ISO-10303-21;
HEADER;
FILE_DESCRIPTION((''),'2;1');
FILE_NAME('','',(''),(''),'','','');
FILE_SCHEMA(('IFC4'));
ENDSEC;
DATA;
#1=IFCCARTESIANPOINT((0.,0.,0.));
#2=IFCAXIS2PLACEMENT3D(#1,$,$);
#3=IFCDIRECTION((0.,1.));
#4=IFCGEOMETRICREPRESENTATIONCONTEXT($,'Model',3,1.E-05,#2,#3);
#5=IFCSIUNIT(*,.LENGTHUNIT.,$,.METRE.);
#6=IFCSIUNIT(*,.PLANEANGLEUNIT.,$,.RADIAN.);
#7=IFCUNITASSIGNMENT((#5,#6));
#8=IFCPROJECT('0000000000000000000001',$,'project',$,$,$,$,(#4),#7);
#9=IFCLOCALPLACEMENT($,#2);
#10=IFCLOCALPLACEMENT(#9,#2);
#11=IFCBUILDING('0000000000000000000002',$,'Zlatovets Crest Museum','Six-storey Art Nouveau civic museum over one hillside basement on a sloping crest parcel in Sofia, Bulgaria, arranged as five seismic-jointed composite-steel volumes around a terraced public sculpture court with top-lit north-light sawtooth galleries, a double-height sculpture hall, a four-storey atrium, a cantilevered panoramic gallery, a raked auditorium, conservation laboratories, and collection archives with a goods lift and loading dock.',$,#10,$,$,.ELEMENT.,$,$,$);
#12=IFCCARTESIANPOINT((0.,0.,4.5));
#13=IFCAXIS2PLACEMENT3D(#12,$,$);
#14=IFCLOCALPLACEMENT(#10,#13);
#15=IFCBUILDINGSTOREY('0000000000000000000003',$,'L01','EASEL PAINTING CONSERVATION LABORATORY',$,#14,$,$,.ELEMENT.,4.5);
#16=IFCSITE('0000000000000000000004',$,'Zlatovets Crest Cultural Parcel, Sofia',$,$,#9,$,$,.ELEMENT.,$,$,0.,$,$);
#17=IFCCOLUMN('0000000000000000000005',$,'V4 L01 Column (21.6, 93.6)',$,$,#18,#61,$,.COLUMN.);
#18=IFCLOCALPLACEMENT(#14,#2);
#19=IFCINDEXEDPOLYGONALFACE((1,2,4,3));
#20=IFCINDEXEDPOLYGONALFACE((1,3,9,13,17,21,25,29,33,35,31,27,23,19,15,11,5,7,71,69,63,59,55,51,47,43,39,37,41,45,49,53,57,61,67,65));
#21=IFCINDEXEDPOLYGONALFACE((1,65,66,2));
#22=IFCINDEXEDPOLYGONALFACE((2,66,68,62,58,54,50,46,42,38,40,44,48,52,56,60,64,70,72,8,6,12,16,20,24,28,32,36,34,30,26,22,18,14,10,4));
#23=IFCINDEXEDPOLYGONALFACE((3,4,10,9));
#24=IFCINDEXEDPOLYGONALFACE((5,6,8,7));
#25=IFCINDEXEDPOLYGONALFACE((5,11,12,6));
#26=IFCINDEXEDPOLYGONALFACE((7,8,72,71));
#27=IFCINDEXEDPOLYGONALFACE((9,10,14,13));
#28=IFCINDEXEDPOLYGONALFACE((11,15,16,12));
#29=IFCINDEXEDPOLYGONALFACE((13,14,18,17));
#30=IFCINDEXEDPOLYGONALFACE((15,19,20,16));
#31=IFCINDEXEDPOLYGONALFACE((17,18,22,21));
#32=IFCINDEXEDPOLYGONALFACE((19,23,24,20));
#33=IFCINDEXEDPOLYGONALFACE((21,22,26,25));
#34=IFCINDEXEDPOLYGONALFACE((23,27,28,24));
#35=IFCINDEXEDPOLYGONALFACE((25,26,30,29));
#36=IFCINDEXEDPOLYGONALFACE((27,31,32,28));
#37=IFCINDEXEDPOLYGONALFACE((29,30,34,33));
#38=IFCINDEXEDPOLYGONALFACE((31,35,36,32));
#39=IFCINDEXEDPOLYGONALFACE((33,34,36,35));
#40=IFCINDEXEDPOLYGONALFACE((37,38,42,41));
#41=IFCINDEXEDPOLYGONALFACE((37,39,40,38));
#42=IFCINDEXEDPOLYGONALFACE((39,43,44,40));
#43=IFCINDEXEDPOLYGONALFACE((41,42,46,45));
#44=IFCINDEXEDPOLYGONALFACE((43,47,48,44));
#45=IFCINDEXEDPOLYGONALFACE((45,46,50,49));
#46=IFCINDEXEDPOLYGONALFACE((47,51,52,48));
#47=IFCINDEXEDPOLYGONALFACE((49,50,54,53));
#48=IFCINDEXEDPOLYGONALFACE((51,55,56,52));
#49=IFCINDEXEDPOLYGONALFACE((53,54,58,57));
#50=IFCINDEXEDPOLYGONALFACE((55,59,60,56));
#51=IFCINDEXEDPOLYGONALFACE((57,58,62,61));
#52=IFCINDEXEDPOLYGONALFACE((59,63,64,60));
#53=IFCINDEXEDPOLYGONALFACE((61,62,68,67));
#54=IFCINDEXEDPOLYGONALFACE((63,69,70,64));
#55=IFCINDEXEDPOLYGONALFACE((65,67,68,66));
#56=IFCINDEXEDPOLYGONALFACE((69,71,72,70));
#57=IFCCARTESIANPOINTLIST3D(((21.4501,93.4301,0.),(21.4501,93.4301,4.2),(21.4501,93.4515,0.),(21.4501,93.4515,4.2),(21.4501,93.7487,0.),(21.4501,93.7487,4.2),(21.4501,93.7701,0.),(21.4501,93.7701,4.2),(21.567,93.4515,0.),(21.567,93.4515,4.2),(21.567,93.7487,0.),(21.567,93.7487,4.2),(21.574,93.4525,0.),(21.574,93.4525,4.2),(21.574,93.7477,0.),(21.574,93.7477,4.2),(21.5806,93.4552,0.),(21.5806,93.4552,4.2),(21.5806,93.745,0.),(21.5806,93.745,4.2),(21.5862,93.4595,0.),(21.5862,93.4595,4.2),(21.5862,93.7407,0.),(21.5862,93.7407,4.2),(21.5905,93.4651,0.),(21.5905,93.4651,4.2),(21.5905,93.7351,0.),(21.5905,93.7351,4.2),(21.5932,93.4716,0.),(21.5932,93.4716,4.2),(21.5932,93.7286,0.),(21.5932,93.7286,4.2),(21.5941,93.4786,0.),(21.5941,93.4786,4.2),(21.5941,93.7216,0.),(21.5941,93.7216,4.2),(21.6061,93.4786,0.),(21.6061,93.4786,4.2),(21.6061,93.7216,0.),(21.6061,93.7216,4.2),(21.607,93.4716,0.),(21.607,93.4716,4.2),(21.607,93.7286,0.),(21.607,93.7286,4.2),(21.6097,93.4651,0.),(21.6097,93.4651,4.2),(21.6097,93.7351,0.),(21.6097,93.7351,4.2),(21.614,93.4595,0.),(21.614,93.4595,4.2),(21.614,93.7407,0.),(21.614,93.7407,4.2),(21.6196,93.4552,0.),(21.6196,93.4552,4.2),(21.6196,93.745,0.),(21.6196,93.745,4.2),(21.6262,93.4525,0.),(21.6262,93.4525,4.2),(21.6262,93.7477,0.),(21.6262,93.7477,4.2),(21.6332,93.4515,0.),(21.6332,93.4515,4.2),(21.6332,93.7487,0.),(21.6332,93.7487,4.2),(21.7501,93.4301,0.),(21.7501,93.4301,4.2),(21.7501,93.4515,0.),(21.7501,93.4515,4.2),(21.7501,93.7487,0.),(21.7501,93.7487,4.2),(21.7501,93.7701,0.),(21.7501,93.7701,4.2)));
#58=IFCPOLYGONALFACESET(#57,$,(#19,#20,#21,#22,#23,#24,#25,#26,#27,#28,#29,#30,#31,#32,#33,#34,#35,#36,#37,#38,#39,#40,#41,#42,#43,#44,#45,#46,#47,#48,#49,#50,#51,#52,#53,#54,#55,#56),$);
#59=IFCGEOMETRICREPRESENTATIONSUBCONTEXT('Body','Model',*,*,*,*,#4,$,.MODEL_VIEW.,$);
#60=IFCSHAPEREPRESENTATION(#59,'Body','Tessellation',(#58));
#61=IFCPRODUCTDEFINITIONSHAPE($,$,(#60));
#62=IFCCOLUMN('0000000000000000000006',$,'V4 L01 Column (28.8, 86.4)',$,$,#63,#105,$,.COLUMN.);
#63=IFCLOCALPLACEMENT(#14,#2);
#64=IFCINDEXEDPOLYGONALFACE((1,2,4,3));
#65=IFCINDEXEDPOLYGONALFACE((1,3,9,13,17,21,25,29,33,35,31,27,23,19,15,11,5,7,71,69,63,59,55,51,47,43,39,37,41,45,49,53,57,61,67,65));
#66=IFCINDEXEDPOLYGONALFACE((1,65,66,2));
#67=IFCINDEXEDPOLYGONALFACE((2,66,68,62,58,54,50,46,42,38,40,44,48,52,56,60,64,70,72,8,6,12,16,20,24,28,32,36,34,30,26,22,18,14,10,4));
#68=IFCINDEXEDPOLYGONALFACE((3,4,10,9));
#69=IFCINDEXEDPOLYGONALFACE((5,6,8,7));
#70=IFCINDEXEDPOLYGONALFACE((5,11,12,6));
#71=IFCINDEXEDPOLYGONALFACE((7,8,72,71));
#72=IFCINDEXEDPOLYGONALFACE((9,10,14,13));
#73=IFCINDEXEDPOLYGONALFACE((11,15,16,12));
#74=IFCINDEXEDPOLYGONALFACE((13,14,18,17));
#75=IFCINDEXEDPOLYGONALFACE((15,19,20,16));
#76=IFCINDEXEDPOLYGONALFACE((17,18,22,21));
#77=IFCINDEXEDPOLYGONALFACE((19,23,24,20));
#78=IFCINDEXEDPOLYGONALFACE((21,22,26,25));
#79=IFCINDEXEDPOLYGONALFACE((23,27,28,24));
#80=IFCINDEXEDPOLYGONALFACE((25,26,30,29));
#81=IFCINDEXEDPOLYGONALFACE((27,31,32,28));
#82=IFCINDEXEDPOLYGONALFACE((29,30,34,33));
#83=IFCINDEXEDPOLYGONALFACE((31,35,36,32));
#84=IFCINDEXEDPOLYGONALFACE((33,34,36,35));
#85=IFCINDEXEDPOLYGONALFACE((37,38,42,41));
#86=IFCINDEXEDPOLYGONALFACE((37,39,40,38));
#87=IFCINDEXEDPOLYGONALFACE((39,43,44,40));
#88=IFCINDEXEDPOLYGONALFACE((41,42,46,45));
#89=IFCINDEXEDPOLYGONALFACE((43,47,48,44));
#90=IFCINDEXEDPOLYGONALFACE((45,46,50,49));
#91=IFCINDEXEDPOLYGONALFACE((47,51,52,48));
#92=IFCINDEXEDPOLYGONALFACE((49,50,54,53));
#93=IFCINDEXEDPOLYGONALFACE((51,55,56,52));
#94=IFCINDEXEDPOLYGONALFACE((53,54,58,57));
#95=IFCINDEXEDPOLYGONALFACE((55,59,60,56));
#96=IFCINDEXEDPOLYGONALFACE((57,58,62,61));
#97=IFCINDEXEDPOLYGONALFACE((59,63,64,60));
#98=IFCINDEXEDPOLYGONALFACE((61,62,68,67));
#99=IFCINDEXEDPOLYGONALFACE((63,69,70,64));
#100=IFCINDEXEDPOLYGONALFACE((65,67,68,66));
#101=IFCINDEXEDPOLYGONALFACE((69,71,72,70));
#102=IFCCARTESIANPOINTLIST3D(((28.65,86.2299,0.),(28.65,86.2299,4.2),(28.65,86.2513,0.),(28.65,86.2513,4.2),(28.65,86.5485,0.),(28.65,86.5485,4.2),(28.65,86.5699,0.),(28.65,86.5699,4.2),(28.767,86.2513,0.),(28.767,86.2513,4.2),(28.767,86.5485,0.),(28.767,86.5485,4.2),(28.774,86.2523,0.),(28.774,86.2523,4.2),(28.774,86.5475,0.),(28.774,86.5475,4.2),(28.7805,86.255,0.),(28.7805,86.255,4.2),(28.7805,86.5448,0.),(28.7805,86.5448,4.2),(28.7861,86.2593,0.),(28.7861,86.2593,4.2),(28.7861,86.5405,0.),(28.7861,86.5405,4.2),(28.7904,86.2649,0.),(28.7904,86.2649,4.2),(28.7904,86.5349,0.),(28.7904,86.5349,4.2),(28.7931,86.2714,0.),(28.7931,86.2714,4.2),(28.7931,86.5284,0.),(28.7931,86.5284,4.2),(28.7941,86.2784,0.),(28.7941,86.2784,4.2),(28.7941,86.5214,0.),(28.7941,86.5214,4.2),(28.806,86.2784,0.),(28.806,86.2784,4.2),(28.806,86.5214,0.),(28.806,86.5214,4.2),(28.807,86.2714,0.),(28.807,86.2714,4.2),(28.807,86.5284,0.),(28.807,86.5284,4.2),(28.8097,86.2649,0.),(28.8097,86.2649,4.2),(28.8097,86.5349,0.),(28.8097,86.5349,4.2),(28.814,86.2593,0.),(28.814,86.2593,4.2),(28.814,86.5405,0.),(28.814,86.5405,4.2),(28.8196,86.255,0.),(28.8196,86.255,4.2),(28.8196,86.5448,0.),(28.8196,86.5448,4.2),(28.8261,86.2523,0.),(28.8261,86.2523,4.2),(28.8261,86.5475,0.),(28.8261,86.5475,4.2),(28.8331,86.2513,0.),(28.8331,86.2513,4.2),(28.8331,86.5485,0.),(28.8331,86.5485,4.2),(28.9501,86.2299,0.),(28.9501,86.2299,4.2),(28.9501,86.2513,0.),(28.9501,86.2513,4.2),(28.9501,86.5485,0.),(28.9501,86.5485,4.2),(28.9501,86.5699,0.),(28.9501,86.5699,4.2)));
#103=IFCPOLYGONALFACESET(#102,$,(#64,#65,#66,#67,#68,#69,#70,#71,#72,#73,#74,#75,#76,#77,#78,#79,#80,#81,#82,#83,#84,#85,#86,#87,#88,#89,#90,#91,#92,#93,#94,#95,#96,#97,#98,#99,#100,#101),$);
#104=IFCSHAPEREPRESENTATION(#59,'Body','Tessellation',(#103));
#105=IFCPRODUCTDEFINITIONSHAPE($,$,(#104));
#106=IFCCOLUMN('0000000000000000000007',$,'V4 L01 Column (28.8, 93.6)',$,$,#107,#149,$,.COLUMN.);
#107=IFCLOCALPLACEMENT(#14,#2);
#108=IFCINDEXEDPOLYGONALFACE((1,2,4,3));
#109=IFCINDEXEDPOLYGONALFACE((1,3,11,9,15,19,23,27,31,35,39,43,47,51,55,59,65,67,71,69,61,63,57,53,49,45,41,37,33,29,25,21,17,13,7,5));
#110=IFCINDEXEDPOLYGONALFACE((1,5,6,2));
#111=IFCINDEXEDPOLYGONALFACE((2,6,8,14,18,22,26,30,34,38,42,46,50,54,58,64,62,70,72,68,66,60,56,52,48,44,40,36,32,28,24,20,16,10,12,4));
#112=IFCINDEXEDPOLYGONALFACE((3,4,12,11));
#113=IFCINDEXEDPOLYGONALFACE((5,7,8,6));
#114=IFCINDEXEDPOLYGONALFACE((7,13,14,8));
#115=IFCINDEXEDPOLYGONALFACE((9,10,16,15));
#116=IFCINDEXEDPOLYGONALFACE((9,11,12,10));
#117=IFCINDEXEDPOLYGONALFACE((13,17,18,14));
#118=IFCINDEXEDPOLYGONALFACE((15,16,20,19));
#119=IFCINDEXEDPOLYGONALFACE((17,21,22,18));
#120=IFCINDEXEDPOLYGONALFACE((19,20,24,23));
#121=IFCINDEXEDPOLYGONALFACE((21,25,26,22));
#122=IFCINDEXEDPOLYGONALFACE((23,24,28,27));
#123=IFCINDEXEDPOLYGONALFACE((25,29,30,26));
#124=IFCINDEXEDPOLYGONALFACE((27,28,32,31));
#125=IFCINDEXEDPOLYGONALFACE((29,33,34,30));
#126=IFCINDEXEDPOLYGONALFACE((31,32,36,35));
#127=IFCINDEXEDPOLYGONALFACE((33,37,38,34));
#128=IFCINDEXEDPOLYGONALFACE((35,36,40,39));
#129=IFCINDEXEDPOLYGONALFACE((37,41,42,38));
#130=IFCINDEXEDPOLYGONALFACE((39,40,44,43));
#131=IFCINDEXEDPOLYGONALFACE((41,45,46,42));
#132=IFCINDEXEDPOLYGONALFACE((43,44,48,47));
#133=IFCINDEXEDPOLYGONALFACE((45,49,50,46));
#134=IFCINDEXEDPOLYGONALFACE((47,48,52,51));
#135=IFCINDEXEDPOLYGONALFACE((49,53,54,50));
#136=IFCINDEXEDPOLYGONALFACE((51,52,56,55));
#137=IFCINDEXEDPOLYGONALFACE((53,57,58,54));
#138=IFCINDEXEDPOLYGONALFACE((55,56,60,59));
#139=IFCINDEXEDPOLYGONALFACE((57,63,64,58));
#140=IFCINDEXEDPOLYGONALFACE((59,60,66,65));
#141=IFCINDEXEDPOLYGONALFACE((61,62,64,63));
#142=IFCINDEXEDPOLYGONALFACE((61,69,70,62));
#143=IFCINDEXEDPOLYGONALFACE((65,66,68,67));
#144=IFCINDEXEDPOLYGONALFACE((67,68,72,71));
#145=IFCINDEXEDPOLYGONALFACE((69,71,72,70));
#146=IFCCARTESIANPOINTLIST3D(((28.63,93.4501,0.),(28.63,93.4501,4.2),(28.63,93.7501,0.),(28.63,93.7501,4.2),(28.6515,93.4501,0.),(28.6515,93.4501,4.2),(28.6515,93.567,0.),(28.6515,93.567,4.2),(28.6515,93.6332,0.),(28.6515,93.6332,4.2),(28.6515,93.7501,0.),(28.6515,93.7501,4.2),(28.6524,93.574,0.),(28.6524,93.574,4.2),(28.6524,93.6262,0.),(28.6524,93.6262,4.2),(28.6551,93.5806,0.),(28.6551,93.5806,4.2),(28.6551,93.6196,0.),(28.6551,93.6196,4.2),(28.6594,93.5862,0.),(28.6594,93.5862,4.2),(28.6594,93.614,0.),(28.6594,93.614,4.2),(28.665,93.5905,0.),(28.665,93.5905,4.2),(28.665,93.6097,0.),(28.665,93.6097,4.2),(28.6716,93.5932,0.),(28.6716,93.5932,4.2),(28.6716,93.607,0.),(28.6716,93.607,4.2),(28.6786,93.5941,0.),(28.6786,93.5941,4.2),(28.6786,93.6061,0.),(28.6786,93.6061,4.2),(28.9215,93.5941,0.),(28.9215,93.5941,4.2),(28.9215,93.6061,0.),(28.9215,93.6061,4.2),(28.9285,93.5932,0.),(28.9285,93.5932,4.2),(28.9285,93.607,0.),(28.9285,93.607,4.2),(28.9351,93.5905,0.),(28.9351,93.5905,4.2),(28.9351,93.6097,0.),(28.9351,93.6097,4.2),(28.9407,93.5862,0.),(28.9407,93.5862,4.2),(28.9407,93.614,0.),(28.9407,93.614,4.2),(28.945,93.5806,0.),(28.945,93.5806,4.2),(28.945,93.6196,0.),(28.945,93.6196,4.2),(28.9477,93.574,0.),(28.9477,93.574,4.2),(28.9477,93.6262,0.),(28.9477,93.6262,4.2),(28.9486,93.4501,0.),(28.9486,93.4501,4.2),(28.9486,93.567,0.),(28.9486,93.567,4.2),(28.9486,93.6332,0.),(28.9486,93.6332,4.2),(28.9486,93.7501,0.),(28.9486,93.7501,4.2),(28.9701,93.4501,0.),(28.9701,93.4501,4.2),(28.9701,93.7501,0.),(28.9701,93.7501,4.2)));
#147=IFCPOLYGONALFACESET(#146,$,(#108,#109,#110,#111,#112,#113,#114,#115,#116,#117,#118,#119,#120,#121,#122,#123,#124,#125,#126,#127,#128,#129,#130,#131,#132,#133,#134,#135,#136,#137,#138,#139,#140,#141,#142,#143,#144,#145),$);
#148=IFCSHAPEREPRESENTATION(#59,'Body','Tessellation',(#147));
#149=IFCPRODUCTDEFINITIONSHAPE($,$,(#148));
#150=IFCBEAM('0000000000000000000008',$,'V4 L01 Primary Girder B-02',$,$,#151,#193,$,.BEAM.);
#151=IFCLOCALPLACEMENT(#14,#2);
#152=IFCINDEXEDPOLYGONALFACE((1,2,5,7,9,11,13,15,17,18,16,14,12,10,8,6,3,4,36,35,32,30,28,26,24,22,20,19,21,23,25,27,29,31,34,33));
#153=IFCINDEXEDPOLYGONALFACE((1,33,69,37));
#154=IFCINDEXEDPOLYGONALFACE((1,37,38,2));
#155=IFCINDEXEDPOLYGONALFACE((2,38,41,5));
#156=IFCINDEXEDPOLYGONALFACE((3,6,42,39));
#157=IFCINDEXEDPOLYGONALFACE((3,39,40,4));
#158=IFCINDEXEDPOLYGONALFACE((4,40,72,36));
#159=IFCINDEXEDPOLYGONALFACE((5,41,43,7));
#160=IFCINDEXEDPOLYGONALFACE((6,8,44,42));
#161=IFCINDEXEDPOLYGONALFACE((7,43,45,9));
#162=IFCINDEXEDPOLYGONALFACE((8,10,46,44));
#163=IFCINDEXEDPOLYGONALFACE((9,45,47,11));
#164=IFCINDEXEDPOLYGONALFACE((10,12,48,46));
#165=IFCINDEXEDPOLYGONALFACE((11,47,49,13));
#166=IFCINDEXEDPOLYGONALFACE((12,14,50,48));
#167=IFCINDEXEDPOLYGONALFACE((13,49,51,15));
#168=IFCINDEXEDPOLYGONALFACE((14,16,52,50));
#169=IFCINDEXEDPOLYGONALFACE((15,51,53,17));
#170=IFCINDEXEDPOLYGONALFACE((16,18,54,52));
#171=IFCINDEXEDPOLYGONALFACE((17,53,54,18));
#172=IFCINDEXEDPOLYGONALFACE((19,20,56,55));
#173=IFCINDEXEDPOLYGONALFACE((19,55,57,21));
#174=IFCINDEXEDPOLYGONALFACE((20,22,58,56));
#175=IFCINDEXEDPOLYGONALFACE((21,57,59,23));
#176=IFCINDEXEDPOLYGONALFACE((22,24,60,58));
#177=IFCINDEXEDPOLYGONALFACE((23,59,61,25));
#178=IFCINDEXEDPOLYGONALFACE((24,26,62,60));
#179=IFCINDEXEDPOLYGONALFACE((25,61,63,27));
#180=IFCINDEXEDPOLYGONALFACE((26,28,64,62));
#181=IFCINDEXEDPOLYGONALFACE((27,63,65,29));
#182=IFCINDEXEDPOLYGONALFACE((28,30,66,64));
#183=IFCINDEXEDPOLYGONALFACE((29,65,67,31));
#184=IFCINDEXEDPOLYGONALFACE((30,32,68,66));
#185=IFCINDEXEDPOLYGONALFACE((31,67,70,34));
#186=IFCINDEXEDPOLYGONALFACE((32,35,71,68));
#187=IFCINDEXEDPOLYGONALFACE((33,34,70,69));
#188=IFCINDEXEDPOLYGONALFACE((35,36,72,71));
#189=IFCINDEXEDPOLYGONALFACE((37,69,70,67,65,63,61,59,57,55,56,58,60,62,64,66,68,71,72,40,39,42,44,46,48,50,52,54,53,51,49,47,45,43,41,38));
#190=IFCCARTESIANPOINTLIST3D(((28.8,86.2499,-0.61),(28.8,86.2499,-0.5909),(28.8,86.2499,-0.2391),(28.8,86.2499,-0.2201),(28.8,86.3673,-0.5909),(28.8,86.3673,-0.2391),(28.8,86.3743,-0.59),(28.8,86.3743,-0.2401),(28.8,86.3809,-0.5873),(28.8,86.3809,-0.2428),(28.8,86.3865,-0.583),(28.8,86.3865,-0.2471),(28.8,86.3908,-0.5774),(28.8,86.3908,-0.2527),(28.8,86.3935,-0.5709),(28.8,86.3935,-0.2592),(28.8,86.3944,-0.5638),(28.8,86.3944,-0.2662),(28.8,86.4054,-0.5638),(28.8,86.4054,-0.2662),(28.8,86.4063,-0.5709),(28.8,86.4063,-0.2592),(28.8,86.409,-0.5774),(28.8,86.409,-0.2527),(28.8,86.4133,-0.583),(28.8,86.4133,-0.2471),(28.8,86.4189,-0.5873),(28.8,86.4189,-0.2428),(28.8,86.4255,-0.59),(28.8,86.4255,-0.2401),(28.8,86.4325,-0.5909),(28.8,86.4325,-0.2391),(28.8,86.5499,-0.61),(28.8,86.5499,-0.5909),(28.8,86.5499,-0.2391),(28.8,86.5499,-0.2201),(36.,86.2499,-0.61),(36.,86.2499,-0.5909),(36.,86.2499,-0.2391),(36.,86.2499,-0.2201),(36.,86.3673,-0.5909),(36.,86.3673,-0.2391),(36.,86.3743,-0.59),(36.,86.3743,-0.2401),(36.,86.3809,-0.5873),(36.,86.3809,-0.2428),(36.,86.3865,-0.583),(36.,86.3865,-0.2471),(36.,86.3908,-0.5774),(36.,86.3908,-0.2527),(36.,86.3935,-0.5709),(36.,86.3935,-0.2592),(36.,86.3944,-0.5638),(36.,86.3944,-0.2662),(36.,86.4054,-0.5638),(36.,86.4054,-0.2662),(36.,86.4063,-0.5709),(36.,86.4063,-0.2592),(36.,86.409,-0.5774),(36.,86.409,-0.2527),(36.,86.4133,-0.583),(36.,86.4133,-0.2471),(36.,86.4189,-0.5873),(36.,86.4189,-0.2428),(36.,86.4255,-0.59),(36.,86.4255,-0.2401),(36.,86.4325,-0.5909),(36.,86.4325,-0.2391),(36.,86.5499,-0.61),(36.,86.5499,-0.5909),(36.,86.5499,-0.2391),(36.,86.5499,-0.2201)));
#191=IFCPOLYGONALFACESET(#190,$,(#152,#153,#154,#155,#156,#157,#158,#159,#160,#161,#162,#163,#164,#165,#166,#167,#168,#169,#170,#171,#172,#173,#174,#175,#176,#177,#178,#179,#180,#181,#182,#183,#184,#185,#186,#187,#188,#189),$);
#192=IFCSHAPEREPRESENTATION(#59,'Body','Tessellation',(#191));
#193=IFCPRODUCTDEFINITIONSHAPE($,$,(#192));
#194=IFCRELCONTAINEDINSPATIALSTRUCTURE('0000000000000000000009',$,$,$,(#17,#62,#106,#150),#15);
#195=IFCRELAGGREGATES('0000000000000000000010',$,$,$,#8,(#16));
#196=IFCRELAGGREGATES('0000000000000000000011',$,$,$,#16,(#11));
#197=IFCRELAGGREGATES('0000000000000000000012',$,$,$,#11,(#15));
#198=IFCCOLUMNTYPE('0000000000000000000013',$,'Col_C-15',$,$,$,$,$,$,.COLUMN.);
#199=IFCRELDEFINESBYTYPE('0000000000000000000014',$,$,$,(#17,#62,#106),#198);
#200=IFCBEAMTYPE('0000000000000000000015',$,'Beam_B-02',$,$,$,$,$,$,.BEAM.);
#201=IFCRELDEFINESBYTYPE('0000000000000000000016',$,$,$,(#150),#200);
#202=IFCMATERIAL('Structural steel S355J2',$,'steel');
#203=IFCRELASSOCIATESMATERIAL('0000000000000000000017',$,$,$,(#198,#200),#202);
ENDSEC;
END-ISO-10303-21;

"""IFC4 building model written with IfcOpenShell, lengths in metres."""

from ifc_helpers import new_model, si_unit, direction, frame, origin, origin_2d, place, context, subcontext, project, spatial, i_section, extrude, material, material_profile, profile_set, type_object, element, save


model = new_model("IFC4")

# Units and contexts
model_context = context("Model", 3, precision=1e-05, world=origin(), true_north=direction((0.0, 1.0)))
body_context = subcontext(model_context, "Body", "Model", "MODEL_VIEW")
ifc_project = project(units=[si_unit("LENGTHUNIT", "METRE"), si_unit("PLANEANGLEUNIT", "RADIAN")], contexts=[model_context])

# Site, building, storey
site_placement = place(None, origin())
site = spatial("IfcSite", under=ifc_project, at=site_placement, Name="Zlatovets Crest Cultural Parcel, Sofia", CompositionType="ELEMENT", RefElevation=0.0)
building_placement = place(site_placement, origin())
building = spatial("IfcBuilding", under=site, at=building_placement, Name="Zlatovets Crest Museum", Description="Six-storey Art Nouveau civic museum over one hillside basement on a sloping crest parcel in Sofia, Bulgaria, arranged as five seismic-jointed composite-steel volumes around a terraced public sculpture court with top-lit north-light sawtooth galleries, a double-height sculpture hall, a four-storey atrium, a cantilevered panoramic gallery, a raked auditorium, conservation laboratories, and collection archives with a goods lift and loading dock.", CompositionType="ELEMENT")
storey_placement = place(building_placement, frame((0.0, 0.0, 4.5)))
storey = spatial("IfcBuildingStorey", under=building, at=storey_placement, Name="L01", Description="EASEL PAINTING CONSERVATION LABORATORY", CompositionType="ELEMENT", Elevation=4.5)

# Columns
ifc_material_1 = material(Name="Structural steel S355J2", Category="steel")
ifc_material_profile_1 = material_profile(ifc_material_1, i_section(OverallWidth=0.3, OverallDepth=0.3401, WebThickness=0.012, FlangeThickness=0.0215, FilletRadius=0.0271, at=origin_2d()), Name="HEB 340")
ifc_profile_set_1 = profile_set([ifc_material_profile_1], Name="Structural steel S355J2")
column_type = type_object("IfcColumnType", Name="Col_C-15", PredefinedType="COLUMN", material=ifc_profile_set_1)
for number, where, z_axis, x_axis, name in (
    (1, (21.6001, 93.6001, 0.0), (0.0, 0.0, 1.0), (1.0, 0.0, 0.0), "V4 L01 Column (21.6, 93.6)"),
    (2, (28.8, 86.3999, 0.0), (0.0, 0.0, 1.0), (1.0, 0.0, 0.0), "V4 L01 Column (28.8, 86.4)"),
    (3, (28.8, 93.6001, 0.0), (0.0, 0.0, 1.0), (0.0, 1.0, 0.0), "V4 L01 Column (28.8, 93.6)"),
):
    element("IfcColumn", number, at=place(storey_placement, frame(where, z_axis=z_axis, x_axis=x_axis)), inside=storey, type_object=column_type, Name=name, PredefinedType="COLUMN", context=body_context, shape_type="SweptSolid", body=[
        extrude(i_section(OverallWidth=0.3, OverallDepth=0.3401, WebThickness=0.012, FlangeThickness=0.0215, FilletRadius=0.0271, at=origin_2d()), origin(), (0.0, 0.0, 1.0), 4.2),
    ])

# Beam
ifc_material_profile_2 = material_profile(ifc_material_1, i_section(OverallWidth=0.3, OverallDepth=0.3899, WebThickness=0.011, FlangeThickness=0.019, FilletRadius=0.0271, at=origin_2d()), Name="HEA 400")
ifc_profile_set_2 = profile_set([ifc_material_profile_2], Name="Structural steel S355J2")
beam_type_1 = type_object("IfcBeamType", Name="Beam_B-02", PredefinedType="BEAM", material=ifc_profile_set_2)
for number, where, z_axis, x_axis, name in (
    (4, (28.8, 86.3999, -0.415), (1.0, 0.0, 0.0), (0.0, 1.0, 0.0), "V4 L01 Primary Girder B-02"),
):
    element("IfcBeam", number, at=place(storey_placement, frame(where, z_axis=z_axis, x_axis=x_axis)), inside=storey, type_object=beam_type_1, Name=name, PredefinedType="BEAM", context=body_context, shape_type="SweptSolid", body=[
        extrude(i_section(OverallWidth=0.3, OverallDepth=0.3899, WebThickness=0.011, FlangeThickness=0.019, FilletRadius=0.0271, at=origin_2d()), origin(), (0.0, 0.0, 1.0), 7.2),
    ])

save(model, "model.ifc")
